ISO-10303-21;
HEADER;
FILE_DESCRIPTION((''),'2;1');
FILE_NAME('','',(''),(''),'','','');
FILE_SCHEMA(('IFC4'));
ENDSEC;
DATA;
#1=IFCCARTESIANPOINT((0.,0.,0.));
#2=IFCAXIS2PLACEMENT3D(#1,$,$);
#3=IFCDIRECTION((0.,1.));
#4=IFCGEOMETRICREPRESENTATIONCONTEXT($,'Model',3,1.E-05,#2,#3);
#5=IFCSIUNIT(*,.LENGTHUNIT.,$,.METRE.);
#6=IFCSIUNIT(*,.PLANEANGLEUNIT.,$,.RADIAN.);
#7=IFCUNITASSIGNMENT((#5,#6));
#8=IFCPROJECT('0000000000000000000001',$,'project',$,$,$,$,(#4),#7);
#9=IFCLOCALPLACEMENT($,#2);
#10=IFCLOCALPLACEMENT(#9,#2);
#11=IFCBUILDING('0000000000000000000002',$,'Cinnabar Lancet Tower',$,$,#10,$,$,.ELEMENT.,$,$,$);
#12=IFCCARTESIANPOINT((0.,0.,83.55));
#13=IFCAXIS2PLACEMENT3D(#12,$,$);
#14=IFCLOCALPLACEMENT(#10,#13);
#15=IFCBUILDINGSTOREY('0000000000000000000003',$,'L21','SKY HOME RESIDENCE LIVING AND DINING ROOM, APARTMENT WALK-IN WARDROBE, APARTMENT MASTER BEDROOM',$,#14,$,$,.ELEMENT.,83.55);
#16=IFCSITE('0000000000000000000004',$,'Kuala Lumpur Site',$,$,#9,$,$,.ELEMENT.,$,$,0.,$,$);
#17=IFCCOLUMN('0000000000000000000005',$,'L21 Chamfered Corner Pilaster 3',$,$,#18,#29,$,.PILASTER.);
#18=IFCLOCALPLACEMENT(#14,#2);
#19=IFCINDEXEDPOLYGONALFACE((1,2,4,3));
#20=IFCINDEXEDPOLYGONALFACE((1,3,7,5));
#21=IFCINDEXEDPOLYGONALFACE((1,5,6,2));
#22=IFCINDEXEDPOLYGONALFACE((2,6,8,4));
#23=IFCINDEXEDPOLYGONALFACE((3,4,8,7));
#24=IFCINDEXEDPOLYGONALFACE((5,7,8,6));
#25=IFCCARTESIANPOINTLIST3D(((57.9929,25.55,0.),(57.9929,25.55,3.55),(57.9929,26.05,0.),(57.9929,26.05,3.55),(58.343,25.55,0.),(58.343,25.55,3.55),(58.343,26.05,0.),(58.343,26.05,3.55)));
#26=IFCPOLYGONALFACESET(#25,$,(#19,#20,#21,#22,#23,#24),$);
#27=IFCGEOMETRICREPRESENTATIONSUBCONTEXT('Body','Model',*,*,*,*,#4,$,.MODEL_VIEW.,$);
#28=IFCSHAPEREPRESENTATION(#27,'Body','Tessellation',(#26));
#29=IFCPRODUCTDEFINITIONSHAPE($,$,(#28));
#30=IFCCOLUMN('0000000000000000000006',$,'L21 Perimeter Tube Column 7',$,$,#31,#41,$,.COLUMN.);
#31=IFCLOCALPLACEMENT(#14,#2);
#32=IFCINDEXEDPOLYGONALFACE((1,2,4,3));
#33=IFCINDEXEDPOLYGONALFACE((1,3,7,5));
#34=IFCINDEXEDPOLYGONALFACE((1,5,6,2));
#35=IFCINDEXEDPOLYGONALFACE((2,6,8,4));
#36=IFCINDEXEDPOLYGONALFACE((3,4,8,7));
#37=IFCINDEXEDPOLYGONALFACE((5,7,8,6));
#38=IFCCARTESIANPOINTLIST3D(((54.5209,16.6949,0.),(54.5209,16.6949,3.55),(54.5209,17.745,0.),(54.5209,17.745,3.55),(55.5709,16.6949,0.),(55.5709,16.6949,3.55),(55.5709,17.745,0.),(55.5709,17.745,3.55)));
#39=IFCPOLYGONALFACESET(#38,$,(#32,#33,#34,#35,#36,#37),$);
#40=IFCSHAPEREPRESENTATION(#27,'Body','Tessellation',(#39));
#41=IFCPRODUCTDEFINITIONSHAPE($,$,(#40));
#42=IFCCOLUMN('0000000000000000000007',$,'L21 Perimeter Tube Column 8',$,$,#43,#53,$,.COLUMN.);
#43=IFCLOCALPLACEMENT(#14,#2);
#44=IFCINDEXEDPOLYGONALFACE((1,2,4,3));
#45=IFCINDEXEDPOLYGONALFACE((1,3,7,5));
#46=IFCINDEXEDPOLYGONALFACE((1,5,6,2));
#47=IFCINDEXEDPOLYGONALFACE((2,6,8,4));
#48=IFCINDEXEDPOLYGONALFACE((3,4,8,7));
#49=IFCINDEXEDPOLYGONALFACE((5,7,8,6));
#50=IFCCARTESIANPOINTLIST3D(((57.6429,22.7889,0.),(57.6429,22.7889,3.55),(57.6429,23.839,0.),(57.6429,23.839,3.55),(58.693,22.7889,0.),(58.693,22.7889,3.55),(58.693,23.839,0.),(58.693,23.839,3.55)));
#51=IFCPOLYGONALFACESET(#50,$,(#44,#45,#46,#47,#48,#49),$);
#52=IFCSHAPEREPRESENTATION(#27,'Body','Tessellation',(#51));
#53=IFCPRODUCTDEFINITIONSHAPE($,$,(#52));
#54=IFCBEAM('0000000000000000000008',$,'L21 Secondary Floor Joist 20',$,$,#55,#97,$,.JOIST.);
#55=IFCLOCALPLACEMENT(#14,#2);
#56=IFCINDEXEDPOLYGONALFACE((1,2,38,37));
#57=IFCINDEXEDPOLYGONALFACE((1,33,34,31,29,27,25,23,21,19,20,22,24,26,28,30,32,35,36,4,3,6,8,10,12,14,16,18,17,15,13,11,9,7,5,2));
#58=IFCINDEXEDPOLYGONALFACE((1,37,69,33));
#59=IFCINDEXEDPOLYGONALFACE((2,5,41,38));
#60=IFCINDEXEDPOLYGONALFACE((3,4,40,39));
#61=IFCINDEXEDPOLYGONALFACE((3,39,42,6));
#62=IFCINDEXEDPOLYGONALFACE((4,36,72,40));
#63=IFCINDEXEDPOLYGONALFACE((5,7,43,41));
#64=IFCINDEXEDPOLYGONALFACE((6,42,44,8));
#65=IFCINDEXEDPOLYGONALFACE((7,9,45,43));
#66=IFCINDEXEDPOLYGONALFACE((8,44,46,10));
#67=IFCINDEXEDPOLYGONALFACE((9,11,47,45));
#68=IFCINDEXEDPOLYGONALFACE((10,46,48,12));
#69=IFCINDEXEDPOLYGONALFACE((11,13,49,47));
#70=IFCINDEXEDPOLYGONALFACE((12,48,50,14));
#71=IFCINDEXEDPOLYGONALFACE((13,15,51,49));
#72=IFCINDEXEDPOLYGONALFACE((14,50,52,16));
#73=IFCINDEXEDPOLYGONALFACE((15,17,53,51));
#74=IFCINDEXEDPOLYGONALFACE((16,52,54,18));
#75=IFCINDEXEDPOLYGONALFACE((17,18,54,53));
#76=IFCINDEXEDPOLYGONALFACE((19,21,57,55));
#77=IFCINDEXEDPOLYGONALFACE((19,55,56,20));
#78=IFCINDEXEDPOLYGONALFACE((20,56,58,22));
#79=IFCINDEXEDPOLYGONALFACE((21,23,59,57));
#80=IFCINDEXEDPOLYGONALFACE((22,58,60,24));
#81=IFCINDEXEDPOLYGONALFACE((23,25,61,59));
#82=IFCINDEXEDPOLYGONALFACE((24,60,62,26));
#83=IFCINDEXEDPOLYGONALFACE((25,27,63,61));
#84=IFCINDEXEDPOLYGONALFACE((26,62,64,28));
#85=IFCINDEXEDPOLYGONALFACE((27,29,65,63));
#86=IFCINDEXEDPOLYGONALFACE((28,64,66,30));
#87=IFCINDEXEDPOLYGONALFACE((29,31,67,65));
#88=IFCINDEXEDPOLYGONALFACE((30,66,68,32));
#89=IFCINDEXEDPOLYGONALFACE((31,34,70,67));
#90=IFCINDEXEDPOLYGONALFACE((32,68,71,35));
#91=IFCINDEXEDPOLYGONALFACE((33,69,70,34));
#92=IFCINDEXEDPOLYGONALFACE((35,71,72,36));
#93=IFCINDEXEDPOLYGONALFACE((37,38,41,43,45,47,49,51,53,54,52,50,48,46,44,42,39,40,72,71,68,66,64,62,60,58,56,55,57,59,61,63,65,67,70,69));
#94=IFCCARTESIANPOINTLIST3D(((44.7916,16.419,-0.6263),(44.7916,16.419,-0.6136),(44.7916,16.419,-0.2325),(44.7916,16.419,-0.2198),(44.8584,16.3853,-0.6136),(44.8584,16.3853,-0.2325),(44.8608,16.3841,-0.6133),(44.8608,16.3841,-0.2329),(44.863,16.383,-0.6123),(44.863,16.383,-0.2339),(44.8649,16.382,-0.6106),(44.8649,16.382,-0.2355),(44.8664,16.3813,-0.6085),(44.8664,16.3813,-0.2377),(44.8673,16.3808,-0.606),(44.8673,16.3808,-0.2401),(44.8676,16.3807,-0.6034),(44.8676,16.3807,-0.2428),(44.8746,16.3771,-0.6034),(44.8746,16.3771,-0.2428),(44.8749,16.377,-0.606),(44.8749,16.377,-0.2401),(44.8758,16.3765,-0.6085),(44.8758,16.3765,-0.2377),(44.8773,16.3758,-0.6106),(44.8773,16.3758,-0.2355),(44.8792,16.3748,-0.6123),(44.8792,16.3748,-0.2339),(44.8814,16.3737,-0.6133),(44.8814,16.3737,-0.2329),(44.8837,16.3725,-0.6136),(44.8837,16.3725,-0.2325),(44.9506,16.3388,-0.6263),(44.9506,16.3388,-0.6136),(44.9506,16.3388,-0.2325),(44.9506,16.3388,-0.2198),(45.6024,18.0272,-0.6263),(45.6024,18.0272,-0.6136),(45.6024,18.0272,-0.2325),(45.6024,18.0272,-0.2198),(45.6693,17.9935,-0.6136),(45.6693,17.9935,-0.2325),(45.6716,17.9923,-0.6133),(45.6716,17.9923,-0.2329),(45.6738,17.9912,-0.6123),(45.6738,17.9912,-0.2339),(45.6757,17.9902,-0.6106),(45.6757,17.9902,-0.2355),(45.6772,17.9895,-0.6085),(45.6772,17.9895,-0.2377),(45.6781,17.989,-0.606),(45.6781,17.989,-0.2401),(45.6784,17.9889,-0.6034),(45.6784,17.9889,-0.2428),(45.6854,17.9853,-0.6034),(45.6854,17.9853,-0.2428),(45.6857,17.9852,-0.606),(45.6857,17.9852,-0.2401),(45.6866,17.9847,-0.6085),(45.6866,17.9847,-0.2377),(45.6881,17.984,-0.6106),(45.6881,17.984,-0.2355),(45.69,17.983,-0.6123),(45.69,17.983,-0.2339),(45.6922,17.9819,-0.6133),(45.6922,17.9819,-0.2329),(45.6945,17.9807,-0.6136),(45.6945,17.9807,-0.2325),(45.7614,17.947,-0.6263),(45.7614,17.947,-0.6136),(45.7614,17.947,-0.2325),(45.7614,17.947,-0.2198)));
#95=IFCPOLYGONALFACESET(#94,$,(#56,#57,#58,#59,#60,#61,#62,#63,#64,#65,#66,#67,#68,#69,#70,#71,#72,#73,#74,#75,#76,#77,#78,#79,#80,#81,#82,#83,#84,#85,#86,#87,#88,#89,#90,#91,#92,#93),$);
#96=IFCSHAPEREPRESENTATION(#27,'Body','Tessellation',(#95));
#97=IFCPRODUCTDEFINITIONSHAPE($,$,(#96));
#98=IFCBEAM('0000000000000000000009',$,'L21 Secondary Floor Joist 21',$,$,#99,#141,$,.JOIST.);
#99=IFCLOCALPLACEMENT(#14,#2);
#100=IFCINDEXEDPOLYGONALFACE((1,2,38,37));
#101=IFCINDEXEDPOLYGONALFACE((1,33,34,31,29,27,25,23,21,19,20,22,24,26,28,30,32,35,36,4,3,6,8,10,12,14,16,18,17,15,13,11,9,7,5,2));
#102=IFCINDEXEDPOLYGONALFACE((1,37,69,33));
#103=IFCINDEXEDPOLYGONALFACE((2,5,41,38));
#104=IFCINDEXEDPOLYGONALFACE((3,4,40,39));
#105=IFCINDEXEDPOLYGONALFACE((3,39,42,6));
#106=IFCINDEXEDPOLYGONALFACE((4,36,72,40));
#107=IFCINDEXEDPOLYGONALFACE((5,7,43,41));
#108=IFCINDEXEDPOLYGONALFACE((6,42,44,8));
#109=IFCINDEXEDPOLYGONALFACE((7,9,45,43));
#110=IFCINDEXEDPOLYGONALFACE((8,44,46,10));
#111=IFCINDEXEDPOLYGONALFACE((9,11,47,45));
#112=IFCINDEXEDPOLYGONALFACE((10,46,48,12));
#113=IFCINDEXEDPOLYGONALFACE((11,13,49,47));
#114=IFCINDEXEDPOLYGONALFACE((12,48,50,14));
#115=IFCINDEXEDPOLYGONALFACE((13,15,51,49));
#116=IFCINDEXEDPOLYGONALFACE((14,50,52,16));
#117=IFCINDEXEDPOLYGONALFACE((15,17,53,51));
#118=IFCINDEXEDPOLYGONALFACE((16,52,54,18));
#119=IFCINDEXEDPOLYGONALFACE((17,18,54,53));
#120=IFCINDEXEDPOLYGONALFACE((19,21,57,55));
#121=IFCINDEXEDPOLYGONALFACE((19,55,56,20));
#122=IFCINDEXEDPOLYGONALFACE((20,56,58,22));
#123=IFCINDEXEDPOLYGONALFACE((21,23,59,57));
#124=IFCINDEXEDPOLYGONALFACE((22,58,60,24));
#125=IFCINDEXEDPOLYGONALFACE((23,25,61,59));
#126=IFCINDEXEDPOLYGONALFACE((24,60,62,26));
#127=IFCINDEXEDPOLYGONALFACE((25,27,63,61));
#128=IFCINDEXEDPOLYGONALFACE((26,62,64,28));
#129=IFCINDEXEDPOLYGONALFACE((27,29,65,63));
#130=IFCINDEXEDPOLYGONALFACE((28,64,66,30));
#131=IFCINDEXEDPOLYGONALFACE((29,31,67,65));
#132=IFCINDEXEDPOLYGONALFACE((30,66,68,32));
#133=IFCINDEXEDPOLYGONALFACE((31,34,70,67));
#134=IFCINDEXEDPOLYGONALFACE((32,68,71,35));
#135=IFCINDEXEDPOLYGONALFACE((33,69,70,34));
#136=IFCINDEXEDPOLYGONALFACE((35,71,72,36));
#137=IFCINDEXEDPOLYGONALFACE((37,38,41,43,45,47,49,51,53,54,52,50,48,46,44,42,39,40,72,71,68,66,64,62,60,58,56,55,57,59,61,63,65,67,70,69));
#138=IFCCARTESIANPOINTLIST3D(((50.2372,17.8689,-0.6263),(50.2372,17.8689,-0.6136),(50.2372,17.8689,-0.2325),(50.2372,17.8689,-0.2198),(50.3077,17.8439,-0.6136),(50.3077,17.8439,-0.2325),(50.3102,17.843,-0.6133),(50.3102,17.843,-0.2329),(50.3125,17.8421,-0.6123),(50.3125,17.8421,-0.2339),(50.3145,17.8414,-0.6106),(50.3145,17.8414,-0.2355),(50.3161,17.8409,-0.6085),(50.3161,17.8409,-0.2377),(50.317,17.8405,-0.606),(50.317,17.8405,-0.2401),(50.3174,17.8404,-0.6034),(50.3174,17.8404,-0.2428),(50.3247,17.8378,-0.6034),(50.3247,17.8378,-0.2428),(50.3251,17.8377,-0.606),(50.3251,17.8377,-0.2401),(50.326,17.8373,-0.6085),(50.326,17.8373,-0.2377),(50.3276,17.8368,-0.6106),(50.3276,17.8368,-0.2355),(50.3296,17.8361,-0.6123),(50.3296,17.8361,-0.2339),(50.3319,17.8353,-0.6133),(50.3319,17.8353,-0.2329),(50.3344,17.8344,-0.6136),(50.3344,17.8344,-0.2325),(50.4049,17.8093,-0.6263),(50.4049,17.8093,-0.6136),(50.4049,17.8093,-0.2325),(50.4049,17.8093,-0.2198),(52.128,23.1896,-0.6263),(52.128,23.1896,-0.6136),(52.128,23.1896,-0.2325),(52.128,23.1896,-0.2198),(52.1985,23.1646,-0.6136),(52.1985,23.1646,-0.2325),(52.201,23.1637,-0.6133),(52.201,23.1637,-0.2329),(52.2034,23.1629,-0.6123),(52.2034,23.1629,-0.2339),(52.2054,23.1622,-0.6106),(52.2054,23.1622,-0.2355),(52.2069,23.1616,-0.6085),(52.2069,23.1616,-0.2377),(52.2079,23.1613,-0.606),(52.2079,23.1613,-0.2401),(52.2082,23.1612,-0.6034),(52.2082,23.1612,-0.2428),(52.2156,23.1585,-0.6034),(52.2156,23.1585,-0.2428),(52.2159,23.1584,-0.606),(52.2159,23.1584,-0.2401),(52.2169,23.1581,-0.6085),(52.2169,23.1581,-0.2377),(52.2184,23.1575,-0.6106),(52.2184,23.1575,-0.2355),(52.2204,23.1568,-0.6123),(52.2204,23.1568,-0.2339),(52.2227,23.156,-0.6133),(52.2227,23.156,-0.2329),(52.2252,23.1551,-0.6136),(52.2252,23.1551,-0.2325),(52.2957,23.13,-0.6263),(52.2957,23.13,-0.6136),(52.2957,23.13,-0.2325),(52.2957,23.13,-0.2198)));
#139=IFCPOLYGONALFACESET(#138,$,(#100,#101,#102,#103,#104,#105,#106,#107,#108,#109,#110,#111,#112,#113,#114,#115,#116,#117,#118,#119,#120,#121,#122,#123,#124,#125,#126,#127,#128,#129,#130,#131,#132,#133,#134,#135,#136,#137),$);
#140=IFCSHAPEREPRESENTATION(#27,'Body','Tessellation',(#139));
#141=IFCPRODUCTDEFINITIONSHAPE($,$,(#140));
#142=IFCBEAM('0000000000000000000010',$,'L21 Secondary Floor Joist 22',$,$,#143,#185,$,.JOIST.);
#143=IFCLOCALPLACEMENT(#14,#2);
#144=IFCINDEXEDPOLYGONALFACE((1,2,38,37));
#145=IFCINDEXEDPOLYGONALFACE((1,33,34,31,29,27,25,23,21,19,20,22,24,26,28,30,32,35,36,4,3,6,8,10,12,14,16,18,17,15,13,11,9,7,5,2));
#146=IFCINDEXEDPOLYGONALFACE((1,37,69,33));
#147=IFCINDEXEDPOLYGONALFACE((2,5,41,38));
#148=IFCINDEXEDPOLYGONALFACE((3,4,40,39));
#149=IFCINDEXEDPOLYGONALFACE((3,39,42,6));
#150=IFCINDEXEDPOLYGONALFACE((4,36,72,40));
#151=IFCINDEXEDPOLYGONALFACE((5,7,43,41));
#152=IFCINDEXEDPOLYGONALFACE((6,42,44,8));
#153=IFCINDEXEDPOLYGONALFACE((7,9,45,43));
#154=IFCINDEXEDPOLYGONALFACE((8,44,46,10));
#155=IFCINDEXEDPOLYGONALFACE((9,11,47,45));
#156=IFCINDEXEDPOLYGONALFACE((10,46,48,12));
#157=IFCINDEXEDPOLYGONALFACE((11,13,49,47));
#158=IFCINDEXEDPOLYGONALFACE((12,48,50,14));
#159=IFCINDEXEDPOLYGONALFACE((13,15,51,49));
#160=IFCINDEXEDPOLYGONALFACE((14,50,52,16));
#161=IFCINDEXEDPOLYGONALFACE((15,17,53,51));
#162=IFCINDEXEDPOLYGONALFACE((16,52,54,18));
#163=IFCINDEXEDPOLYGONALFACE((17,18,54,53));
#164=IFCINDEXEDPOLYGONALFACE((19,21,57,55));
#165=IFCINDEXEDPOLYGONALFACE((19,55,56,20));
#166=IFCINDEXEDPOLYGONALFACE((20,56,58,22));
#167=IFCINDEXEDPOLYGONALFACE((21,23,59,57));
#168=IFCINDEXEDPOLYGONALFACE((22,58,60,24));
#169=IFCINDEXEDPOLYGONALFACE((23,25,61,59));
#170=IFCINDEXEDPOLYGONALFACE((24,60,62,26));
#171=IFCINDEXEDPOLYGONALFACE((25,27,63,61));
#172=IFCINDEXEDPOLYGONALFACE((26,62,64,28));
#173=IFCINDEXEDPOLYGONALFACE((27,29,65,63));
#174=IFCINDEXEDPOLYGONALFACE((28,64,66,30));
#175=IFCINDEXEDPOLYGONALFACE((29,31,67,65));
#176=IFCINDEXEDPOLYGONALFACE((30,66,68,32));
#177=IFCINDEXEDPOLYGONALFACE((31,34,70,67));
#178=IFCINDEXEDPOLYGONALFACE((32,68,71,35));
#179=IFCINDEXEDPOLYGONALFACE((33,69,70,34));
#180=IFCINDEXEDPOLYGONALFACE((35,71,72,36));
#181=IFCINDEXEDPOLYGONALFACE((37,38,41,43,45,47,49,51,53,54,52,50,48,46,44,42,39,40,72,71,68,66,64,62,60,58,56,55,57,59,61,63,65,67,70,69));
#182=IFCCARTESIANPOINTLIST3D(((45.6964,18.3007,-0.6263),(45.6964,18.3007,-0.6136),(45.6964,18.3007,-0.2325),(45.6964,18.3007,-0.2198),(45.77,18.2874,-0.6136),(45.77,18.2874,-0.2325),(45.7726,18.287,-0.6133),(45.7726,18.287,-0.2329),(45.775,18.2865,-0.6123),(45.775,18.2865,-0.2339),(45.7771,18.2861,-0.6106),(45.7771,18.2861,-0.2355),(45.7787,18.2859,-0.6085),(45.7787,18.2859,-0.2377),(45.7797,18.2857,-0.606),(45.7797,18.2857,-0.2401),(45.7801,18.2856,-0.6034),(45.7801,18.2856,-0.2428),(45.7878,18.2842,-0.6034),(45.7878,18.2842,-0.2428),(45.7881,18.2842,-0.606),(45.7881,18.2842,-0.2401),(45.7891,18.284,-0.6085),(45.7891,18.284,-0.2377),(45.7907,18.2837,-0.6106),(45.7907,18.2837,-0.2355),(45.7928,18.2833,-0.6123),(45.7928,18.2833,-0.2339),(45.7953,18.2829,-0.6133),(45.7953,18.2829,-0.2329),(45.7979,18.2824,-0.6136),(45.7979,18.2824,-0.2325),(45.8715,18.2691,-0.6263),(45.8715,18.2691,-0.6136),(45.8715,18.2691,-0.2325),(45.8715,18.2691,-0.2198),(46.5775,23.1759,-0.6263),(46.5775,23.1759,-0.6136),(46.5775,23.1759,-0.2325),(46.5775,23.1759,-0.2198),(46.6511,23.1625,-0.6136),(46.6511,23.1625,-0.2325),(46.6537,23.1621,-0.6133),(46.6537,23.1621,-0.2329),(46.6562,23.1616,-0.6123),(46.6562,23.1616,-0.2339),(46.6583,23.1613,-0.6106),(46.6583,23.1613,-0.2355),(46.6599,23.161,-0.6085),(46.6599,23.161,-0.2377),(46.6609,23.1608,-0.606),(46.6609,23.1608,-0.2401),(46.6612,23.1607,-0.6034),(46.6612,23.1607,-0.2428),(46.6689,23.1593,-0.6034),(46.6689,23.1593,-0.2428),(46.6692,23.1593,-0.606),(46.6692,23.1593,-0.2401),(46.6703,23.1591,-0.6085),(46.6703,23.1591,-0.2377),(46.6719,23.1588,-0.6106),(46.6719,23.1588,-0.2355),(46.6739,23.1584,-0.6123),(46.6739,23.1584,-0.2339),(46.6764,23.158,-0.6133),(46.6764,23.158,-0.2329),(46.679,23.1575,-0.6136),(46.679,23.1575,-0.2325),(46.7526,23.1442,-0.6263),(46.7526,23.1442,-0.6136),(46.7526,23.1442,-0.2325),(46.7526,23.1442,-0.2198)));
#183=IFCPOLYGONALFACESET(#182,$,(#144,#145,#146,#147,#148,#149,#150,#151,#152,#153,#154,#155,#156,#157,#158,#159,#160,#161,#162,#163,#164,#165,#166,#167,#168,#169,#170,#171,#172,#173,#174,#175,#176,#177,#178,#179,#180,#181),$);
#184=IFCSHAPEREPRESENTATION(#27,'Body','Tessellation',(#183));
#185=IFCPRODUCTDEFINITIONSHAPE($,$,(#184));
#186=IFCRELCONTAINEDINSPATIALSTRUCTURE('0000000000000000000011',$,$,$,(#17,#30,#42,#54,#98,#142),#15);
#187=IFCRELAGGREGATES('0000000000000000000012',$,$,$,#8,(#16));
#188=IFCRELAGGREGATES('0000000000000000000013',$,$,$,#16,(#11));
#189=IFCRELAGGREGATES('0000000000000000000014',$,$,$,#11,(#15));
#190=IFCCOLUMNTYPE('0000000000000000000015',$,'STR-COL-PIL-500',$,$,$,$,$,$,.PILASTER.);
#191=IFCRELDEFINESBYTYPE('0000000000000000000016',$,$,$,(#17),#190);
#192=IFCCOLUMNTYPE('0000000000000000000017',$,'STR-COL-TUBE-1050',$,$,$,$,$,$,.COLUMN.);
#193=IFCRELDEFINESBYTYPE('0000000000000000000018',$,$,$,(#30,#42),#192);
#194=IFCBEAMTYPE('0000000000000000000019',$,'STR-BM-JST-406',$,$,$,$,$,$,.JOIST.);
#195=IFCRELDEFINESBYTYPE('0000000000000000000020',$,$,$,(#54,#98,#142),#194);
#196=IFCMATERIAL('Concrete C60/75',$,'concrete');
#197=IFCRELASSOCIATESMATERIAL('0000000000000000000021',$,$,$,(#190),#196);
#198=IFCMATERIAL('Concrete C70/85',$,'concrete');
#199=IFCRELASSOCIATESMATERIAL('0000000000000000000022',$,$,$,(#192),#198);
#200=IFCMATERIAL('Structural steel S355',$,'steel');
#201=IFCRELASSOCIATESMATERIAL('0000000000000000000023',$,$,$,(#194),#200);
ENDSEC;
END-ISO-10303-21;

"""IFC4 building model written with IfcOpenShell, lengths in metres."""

from ifc_helpers import new_model, si_unit, direction, frame, origin, origin_2d, place, context, subcontext, project, spatial, rectangle, i_section, extrude, material, material_profile, profile_set, type_object, element, save


model = new_model("IFC4")

# Units and contexts
model_context = context("Model", 3, precision=1e-05, world=origin(), true_north=direction((0.0, 1.0)))
body_context = subcontext(model_context, "Body", "Model", "MODEL_VIEW")
ifc_project = project(units=[si_unit("LENGTHUNIT", "METRE"), si_unit("PLANEANGLEUNIT", "RADIAN")], contexts=[model_context])

# Site, building, storey
site_placement = place(None, origin())
site = spatial("IfcSite", under=ifc_project, at=site_placement, Name="Kuala Lumpur Site", CompositionType="ELEMENT", RefElevation=0.0)
building_placement = place(site_placement, origin())
building = spatial("IfcBuilding", under=site, at=building_placement, Name="Cinnabar Lancet Tower", CompositionType="ELEMENT")
storey_placement = place(building_placement, frame((0.0, 0.0, 83.55)))
storey = spatial("IfcBuildingStorey", under=building, at=storey_placement, Name="L21", Description="SKY HOME RESIDENCE LIVING AND DINING ROOM, APARTMENT WALK-IN WARDROBE, APARTMENT MASTER BEDROOM", CompositionType="ELEMENT", Elevation=83.55)

# Columns
ifc_material_1 = material(Name="Concrete C60/75", Category="concrete")
ifc_material_profile_1 = material_profile(ifc_material_1, rectangle(XDim=0.5, YDim=0.3501, at=origin_2d()), Name="RC-PIL 500x350")
ifc_profile_set_1 = profile_set([ifc_material_profile_1], Name="Concrete C60/75")
column_type_1 = type_object("IfcColumnType", Name="STR-COL-PIL-500", PredefinedType="PILASTER", material=ifc_profile_set_1)
column_placement = place(storey_placement, frame((58.168, 25.8, 0.0), z_axis=(0.0, 0.0, 1.0), x_axis=(0.0, 1.0, 0.0)))
element("IfcColumn", 1, at=column_placement, inside=storey, type_object=column_type_1, Name="L21 Chamfered Corner Pilaster 3", PredefinedType="PILASTER", context=body_context, shape_type="SweptSolid", body=[
    extrude(rectangle(XDim=0.5, YDim=0.3501, at=origin_2d()), origin(), (0.0, 0.0, 1.0), 3.55),
])
ifc_material_2 = material(Name="Concrete C70/85", Category="concrete")
ifc_material_profile_2 = material_profile(ifc_material_2, rectangle(XDim=1.05, YDim=1.05, at=origin_2d()), Name="RC-COL 1050x1050")
ifc_profile_set_2 = profile_set([ifc_material_profile_2], Name="Concrete C70/85")
column_type_2 = type_object("IfcColumnType", Name="STR-COL-TUBE-1050", PredefinedType="COLUMN", material=ifc_profile_set_2)
for number, where, z_axis, x_axis, name in (
    (2, (55.0459, 17.22, 0.0), (0.0, 0.0, 1.0), (1.0, 0.0, 0.0), "L21 Perimeter Tube Column 7"),
    (3, (58.168, 23.314, 0.0), (0.0, 0.0, 1.0), (1.0, 0.0, 0.0), "L21 Perimeter Tube Column 8"),
):
    element("IfcColumn", number, at=place(storey_placement, frame(where, z_axis=z_axis, x_axis=x_axis)), inside=storey, type_object=column_type_2, Name=name, PredefinedType="COLUMN", context=body_context, shape_type="SweptSolid", body=[
        extrude(rectangle(XDim=1.05, YDim=1.05, at=origin_2d()), origin(), (0.0, 0.0, 1.0), 3.55),
    ])

# Beams
ifc_material_3 = material(Name="Structural steel S355", Category="steel")
ifc_material_profile_3 = material_profile(ifc_material_3, i_section(OverallWidth=0.178, OverallDepth=0.4065, WebThickness=0.0078, FlangeThickness=0.0127, FilletRadius=0.0103, at=origin_2d()), Name="UKB 406x178x60")
ifc_profile_set_3 = profile_set([ifc_material_profile_3], Name="Structural steel S355")
beam_type_1 = type_object("IfcBeamType", Name="STR-BM-JST-406", PredefinedType="JOIST", material=ifc_profile_set_3)
beam_1_placement = place(storey_placement, frame((44.8711, 16.3789, -0.4231), z_axis=(0.450193, 0.892931, 0.0), x_axis=(-0.892931, 0.450193, 0.0)))
element("IfcBeam", 4, at=beam_1_placement, inside=storey, type_object=beam_type_1, Name="L21 Secondary Floor Joist 20", PredefinedType="JOIST", context=body_context, shape_type="SweptSolid", body=[
    extrude(i_section(OverallWidth=0.178, OverallDepth=0.4065, WebThickness=0.0078, FlangeThickness=0.0127, FilletRadius=0.0103, at=origin_2d()), origin(), (0.0, 0.0, 1.0), 1.801),
])
beam_2_placement = place(storey_placement, frame((50.321, 17.8391, -0.4231), z_axis=(0.334857, 0.942269, 0.0), x_axis=(-0.942269, 0.334857, 0.0)))
element("IfcBeam", 5, at=beam_2_placement, inside=storey, type_object=beam_type_1, Name="L21 Secondary Floor Joist 21", PredefinedType="JOIST", context=body_context, shape_type="SweptSolid", body=[
    extrude(i_section(OverallWidth=0.178, OverallDepth=0.4065, WebThickness=0.0078, FlangeThickness=0.0127, FilletRadius=0.0103, at=origin_2d()), origin(), (0.0, 0.0, 1.0), 5.6467),
])
beam_3_placement = place(storey_placement, frame((45.7839, 18.2849, -0.4231), z_axis=(0.177858, 0.984056, 0.0), x_axis=(-0.984056, 0.177858, 0.0)))
element("IfcBeam", 6, at=beam_3_placement, inside=storey, type_object=beam_type_1, Name="L21 Secondary Floor Joist 22", PredefinedType="JOIST", context=body_context, shape_type="SweptSolid", body=[
    extrude(i_section(OverallWidth=0.178, OverallDepth=0.4065, WebThickness=0.0078, FlangeThickness=0.0127, FilletRadius=0.0103, at=origin_2d()), origin(), (0.0, 0.0, 1.0), 4.9541),
])

save(model, "model.ifc")
